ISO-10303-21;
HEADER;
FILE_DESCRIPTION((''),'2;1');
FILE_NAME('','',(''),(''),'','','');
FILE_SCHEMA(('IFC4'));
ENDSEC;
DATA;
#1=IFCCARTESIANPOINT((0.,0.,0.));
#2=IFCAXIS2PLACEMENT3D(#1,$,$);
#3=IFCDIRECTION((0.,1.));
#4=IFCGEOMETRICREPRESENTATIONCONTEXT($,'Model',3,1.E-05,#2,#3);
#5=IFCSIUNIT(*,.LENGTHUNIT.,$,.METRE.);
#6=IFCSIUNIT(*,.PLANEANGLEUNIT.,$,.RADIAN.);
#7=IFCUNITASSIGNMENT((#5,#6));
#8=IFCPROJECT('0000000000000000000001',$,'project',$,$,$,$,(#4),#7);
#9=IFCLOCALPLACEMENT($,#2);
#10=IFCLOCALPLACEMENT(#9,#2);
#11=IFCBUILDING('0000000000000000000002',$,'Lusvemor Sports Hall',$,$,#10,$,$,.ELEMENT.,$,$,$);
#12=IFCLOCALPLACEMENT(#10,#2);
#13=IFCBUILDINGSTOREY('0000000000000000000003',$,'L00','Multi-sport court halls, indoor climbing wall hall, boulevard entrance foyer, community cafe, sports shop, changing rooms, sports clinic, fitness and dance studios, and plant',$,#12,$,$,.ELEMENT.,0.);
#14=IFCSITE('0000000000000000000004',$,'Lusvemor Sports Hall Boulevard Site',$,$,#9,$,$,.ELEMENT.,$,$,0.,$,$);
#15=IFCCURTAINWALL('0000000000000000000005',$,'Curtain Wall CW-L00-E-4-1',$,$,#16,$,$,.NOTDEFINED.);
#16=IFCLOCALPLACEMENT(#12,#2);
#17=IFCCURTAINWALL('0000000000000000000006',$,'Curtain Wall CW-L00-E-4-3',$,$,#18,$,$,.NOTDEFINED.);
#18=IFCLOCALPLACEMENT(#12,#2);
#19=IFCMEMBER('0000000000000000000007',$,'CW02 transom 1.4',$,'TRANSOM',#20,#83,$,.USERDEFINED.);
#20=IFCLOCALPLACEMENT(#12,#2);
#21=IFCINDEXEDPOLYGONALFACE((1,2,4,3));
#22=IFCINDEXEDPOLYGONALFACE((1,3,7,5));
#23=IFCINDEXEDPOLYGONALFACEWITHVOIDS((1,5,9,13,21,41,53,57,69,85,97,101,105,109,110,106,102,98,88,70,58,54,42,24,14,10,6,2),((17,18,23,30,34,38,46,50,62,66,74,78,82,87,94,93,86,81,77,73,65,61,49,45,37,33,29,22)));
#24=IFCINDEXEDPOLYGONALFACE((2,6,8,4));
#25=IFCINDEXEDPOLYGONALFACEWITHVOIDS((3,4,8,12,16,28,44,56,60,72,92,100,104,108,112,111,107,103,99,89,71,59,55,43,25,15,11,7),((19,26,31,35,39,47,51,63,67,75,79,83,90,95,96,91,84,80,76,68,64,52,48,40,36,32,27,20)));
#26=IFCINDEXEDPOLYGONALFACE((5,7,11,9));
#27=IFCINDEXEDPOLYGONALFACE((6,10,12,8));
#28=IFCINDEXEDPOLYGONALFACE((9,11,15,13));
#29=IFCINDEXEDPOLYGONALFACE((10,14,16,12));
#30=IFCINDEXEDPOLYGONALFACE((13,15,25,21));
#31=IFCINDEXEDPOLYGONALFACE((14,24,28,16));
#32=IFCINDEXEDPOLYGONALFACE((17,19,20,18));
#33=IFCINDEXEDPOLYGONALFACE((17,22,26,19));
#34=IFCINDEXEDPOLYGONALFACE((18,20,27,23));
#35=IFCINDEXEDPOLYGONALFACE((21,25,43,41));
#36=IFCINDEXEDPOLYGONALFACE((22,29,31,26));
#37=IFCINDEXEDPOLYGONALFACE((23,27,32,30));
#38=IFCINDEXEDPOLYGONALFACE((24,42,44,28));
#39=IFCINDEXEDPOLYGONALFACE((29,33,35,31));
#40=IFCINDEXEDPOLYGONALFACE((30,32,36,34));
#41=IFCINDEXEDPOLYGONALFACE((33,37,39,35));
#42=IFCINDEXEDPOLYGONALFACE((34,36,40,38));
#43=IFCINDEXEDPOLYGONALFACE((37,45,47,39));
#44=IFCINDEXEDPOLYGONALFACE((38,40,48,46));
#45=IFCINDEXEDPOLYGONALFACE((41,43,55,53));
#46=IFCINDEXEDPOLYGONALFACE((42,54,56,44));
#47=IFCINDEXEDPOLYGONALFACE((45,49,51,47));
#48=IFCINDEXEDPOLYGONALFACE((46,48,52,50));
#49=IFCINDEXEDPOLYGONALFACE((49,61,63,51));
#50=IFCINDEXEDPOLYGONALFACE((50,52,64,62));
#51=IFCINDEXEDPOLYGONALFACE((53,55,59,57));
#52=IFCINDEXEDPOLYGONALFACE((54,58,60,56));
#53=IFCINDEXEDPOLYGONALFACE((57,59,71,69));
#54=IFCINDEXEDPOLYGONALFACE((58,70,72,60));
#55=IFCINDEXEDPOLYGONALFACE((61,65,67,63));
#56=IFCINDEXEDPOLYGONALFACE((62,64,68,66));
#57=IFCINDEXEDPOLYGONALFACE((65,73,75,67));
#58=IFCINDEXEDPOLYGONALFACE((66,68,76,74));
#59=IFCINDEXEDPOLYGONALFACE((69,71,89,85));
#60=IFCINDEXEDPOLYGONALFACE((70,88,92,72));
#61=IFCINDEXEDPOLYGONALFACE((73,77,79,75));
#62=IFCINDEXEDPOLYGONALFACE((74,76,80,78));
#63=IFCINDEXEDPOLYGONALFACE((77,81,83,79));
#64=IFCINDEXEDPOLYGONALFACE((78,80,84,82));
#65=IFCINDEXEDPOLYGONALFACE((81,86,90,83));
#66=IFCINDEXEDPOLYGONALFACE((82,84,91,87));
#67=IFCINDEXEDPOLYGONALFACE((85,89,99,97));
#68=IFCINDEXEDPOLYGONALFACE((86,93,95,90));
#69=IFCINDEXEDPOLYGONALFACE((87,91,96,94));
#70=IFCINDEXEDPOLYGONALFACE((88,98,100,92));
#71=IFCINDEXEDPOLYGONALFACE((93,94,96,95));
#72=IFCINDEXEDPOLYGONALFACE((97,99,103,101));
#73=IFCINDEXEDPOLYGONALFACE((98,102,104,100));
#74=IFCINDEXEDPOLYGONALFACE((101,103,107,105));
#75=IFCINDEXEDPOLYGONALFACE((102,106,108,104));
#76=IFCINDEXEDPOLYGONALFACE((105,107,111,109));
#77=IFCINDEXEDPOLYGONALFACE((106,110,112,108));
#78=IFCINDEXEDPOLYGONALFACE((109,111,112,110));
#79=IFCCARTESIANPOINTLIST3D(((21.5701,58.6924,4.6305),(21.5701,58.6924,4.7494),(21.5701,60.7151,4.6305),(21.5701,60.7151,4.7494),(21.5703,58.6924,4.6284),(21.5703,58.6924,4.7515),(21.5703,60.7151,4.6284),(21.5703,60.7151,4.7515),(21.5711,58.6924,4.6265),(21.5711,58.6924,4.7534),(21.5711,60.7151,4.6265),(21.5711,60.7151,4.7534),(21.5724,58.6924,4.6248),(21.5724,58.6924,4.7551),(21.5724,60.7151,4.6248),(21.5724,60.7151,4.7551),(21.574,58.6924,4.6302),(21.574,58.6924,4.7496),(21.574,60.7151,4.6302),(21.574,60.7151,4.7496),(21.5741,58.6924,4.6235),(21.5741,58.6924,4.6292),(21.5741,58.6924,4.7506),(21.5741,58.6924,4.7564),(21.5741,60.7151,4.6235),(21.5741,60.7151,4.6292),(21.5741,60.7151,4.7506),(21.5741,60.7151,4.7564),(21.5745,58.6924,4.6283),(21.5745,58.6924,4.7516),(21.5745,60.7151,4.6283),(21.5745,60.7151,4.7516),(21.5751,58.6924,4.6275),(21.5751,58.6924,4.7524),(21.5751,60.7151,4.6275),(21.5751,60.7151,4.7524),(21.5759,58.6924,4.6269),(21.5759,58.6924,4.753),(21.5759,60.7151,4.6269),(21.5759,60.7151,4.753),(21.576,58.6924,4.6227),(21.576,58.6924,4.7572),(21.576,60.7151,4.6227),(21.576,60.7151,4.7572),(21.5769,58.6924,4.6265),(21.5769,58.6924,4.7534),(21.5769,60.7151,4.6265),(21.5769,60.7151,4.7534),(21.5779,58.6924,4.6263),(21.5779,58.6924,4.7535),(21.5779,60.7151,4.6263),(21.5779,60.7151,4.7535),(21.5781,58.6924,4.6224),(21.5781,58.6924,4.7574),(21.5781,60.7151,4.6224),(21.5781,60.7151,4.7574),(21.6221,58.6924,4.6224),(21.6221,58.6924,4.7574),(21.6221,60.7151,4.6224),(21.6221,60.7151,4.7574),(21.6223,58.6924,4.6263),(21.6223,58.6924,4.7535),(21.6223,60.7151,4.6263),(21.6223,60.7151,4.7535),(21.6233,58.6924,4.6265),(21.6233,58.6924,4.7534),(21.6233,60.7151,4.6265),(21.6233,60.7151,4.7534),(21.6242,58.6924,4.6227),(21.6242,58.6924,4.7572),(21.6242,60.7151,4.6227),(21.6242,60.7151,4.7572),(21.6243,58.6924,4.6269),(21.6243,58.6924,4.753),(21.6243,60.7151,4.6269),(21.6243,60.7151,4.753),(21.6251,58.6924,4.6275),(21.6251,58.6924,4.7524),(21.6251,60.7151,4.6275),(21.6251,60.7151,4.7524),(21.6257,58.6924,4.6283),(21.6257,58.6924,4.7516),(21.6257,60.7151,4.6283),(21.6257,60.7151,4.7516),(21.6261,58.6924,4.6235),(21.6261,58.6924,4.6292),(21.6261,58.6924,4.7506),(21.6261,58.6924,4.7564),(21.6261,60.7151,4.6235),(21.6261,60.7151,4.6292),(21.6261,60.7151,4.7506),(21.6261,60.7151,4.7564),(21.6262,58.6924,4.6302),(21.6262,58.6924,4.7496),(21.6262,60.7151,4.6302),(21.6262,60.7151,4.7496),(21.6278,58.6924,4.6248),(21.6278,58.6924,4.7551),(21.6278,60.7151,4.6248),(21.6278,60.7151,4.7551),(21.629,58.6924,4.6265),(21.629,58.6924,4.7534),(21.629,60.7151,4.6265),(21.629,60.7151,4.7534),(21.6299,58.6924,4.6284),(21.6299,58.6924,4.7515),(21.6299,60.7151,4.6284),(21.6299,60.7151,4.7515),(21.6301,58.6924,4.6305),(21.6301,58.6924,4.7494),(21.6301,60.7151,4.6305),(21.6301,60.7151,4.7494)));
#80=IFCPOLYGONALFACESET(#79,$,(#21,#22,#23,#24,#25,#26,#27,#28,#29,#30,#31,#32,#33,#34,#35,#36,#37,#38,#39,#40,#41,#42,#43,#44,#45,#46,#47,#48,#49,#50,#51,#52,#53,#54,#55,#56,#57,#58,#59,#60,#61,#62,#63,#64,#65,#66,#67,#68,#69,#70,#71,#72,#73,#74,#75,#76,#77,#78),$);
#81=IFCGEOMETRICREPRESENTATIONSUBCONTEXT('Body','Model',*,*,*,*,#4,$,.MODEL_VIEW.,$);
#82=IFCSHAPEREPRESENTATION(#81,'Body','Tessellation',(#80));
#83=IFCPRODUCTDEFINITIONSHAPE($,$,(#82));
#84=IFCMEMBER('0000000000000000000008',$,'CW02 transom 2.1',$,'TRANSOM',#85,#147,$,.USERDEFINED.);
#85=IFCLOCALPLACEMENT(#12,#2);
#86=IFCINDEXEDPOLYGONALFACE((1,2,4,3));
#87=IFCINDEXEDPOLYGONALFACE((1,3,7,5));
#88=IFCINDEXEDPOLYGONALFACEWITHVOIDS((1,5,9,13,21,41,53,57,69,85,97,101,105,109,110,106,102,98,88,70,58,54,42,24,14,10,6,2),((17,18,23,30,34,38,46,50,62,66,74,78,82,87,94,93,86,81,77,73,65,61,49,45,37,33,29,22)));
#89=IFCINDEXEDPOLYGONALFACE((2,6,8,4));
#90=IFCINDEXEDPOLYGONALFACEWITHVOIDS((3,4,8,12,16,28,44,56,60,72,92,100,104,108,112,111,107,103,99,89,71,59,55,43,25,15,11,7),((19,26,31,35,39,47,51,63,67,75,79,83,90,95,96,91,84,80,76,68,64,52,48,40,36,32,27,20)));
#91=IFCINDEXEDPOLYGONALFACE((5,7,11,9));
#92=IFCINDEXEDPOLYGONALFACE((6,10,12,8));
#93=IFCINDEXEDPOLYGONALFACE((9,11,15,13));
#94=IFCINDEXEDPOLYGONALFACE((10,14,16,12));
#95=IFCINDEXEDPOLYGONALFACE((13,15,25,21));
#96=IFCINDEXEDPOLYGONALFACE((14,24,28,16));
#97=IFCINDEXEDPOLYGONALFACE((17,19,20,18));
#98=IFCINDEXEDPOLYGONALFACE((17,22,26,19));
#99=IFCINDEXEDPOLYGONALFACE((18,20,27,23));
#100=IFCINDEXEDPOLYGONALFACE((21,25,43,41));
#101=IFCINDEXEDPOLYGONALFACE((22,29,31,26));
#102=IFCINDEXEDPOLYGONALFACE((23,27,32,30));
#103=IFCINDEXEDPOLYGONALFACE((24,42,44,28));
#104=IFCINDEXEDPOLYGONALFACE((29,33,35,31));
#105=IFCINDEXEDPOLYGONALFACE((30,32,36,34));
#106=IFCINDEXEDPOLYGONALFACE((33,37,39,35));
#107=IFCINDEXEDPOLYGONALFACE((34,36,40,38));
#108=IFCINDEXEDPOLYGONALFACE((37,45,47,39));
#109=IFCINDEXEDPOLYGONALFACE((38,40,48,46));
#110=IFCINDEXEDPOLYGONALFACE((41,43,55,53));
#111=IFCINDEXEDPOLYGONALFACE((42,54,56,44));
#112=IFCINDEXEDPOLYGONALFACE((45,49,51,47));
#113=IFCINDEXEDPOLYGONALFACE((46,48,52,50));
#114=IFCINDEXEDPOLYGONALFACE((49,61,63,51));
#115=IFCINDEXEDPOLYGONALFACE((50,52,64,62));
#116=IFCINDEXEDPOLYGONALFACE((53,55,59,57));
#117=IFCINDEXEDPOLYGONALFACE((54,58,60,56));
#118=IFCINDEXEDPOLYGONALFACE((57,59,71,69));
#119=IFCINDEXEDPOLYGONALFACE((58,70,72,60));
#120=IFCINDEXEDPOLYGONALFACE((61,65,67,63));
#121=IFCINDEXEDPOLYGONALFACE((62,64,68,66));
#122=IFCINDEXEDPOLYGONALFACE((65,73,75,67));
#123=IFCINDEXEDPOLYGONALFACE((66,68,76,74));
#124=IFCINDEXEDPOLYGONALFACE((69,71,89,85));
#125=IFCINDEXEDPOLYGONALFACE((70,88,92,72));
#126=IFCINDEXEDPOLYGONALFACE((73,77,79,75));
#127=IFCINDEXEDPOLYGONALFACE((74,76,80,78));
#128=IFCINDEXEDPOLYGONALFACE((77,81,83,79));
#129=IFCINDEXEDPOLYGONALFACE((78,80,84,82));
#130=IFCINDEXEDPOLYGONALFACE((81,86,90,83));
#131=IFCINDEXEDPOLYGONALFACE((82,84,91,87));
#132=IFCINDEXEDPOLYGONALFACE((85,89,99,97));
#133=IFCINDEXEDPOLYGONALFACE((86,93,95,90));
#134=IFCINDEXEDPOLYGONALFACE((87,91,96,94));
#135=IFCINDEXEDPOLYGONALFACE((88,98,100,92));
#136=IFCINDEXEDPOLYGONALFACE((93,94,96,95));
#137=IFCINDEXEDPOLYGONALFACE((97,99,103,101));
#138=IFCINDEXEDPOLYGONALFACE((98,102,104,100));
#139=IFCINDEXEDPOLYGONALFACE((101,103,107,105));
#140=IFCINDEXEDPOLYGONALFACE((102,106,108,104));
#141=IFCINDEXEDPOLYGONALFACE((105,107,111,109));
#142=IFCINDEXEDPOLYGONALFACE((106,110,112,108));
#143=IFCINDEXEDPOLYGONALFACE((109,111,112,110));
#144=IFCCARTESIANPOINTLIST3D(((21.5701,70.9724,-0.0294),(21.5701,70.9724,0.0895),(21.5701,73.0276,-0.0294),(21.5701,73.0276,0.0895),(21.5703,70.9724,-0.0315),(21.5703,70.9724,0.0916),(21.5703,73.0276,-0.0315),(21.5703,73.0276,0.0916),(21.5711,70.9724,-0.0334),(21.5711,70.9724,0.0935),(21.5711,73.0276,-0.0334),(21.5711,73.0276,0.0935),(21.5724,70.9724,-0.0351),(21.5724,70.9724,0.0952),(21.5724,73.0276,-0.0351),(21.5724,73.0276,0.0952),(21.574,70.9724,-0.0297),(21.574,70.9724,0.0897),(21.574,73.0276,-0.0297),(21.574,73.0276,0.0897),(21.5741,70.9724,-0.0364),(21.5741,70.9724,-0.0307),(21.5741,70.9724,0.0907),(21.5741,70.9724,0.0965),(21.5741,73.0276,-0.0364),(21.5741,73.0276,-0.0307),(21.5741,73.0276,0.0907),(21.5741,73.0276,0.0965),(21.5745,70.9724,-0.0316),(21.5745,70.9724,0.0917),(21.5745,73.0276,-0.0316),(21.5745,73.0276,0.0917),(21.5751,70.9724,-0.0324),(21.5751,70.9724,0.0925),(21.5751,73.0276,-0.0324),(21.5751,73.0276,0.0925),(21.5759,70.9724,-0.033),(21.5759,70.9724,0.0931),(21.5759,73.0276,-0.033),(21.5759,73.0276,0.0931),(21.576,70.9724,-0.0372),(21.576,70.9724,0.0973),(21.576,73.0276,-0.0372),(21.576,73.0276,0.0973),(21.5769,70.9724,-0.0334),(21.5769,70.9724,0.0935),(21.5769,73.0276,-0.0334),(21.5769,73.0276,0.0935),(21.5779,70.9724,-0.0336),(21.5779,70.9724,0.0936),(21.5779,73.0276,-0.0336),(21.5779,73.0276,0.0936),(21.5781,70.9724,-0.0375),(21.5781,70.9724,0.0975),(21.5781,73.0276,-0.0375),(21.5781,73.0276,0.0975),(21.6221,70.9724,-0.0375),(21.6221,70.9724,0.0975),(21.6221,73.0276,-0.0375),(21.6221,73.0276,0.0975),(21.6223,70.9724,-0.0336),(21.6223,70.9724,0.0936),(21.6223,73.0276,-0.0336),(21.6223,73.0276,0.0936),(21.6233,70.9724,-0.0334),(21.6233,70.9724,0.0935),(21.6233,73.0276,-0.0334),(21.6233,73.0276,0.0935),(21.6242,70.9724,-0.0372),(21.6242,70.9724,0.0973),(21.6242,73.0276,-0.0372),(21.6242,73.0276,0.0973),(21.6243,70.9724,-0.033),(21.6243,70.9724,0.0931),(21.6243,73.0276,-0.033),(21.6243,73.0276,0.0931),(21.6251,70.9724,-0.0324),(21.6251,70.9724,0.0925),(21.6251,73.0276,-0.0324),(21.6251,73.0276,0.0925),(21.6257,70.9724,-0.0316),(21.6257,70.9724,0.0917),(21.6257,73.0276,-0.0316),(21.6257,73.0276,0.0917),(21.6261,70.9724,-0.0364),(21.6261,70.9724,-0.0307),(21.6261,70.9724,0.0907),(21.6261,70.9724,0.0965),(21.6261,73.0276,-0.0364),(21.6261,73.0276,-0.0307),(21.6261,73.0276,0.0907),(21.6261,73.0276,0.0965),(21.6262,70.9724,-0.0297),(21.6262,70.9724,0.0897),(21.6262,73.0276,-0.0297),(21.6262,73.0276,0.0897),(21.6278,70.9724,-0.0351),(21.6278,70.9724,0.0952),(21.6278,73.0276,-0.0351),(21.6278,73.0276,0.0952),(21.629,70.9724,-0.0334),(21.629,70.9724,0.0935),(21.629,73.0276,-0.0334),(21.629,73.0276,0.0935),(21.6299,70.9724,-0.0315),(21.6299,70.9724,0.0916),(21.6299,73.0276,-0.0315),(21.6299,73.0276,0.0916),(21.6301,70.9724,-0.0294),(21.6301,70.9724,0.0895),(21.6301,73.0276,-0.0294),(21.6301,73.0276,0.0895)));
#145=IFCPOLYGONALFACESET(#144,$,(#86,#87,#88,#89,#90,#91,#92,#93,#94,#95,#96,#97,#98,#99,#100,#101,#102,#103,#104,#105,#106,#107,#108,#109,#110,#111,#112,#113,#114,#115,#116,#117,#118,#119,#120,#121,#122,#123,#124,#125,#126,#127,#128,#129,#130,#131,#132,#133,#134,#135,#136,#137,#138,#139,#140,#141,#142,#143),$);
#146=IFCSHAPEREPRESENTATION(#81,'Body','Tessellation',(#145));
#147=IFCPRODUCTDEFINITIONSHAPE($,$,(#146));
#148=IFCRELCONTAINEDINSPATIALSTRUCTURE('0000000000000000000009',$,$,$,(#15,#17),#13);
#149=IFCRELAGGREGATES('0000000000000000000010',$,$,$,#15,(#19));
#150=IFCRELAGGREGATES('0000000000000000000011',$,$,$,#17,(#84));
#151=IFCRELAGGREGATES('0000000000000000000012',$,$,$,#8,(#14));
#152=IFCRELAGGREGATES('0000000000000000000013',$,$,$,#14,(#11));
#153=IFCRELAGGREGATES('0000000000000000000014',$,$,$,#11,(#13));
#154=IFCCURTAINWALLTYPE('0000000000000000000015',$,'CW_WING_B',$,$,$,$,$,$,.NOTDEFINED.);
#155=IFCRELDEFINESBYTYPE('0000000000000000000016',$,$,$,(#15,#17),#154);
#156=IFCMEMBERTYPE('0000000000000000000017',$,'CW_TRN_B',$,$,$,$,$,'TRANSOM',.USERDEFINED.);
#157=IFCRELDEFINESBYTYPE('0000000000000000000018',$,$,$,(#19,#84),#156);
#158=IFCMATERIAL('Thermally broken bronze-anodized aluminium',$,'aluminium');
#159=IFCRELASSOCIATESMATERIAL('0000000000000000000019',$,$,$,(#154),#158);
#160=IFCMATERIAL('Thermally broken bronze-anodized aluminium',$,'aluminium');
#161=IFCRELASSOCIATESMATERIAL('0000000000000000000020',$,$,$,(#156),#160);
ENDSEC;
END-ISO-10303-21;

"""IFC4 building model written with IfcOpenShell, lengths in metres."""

from ifc_helpers import new_model, si_unit, direction, frame, origin, origin_2d, place, context, subcontext, project, spatial, hollow_rectangle, extrude, material, material_profile, profile_set, type_object, element, aggregate, save


model = new_model("IFC4")

# Units and contexts
model_context = context("Model", 3, precision=1e-05, world=origin(), true_north=direction((0.0, 1.0)))
body_context = subcontext(model_context, "Body", "Model", "MODEL_VIEW")
ifc_project = project(units=[si_unit("LENGTHUNIT", "METRE"), si_unit("PLANEANGLEUNIT", "RADIAN")], contexts=[model_context])

# Site, building, storey
site_placement = place(None, origin())
site = spatial("IfcSite", under=ifc_project, at=site_placement, Name="Lusvemor Sports Hall Boulevard Site", CompositionType="ELEMENT", RefElevation=0.0)
building_placement = place(site_placement, origin())
building = spatial("IfcBuilding", under=site, at=building_placement, Name="Lusvemor Sports Hall", CompositionType="ELEMENT")
storey_placement = place(building_placement, origin())
storey = spatial("IfcBuildingStorey", under=building, at=storey_placement, Name="L00", Description="Multi-sport court halls, indoor climbing wall hall, boulevard entrance foyer, community cafe, sports shop, changing rooms, sports clinic, fitness and dance studios, and plant", CompositionType="ELEMENT", Elevation=0.0)

# Curtain wall
ifc_material_1 = material(Name="Thermally broken bronze-anodized aluminium", Category="aluminium")
curtain_wall_type = type_object("IfcCurtainWallType", Name="CW_WING_B", PredefinedType="NOTDEFINED", material=ifc_material_1)
curtain_wall_1_placement = place(storey_placement, origin())
curtain_wall_1 = element("IfcCurtainWall", 1, at=curtain_wall_1_placement, inside=storey, type_object=curtain_wall_type, Name="Curtain Wall CW-L00-E-4-1", PredefinedType="NOTDEFINED")

# Curtain wall
curtain_wall_2_placement = place(storey_placement, origin())
curtain_wall_2 = element("IfcCurtainWall", 2, at=curtain_wall_2_placement, inside=storey, type_object=curtain_wall_type, Name="Curtain Wall CW-L00-E-4-3", PredefinedType="NOTDEFINED")

# Members
ifc_material_2 = material(Name="Thermally broken bronze-anodized aluminium", Category="aluminium")
ifc_material_profile_1 = material_profile(ifc_material_2, hollow_rectangle(XDim=0.0601, YDim=0.135, WallThickness=0.0039, InnerFilletRadius=0.0039, OuterFilletRadius=0.0081, at=origin_2d()), Name="CWTRN135x60x4")
ifc_profile_set_1 = profile_set([ifc_material_profile_1], Name="Thermally broken bronze-anodized aluminium")
member_type_1 = type_object("IfcMemberType", Name="CW_TRN_B", ElementType="TRANSOM", PredefinedType="USERDEFINED", material=ifc_profile_set_1)
member_1_placement = place(storey_placement, frame((21.6001, 60.7151, 4.6899), z_axis=(0.0, -1.0, 0.0), x_axis=(1.0, 0.0, 0.0)))
member_1 = element("IfcMember", 3, at=member_1_placement, type_object=member_type_1, Name="CW02 transom 1.4", ObjectType="TRANSOM", PredefinedType="USERDEFINED", context=body_context, shape_type="SweptSolid", body=[
    extrude(hollow_rectangle(XDim=0.0601, YDim=0.135, WallThickness=0.0039, InnerFilletRadius=0.0039, OuterFilletRadius=0.0081, at=origin_2d()), origin(), (0.0, 0.0, 1.0), 2.0227),
])
aggregate(curtain_wall_1, [member_1])
member_2_placement = place(storey_placement, frame((21.6001, 73.0276, 0.03), z_axis=(0.0, -1.0, 0.0), x_axis=(1.0, 0.0, 0.0)))
member_2 = element("IfcMember", 4, at=member_2_placement, type_object=member_type_1, Name="CW02 transom 2.1", ObjectType="TRANSOM", PredefinedType="USERDEFINED", context=body_context, shape_type="SweptSolid", body=[
    extrude(hollow_rectangle(XDim=0.0601, YDim=0.135, WallThickness=0.0039, InnerFilletRadius=0.0039, OuterFilletRadius=0.0081, at=origin_2d()), origin(), (0.0, 0.0, 1.0), 2.0552),
])

aggregate(curtain_wall_2, [member_2])

save(model, "model.ifc")
